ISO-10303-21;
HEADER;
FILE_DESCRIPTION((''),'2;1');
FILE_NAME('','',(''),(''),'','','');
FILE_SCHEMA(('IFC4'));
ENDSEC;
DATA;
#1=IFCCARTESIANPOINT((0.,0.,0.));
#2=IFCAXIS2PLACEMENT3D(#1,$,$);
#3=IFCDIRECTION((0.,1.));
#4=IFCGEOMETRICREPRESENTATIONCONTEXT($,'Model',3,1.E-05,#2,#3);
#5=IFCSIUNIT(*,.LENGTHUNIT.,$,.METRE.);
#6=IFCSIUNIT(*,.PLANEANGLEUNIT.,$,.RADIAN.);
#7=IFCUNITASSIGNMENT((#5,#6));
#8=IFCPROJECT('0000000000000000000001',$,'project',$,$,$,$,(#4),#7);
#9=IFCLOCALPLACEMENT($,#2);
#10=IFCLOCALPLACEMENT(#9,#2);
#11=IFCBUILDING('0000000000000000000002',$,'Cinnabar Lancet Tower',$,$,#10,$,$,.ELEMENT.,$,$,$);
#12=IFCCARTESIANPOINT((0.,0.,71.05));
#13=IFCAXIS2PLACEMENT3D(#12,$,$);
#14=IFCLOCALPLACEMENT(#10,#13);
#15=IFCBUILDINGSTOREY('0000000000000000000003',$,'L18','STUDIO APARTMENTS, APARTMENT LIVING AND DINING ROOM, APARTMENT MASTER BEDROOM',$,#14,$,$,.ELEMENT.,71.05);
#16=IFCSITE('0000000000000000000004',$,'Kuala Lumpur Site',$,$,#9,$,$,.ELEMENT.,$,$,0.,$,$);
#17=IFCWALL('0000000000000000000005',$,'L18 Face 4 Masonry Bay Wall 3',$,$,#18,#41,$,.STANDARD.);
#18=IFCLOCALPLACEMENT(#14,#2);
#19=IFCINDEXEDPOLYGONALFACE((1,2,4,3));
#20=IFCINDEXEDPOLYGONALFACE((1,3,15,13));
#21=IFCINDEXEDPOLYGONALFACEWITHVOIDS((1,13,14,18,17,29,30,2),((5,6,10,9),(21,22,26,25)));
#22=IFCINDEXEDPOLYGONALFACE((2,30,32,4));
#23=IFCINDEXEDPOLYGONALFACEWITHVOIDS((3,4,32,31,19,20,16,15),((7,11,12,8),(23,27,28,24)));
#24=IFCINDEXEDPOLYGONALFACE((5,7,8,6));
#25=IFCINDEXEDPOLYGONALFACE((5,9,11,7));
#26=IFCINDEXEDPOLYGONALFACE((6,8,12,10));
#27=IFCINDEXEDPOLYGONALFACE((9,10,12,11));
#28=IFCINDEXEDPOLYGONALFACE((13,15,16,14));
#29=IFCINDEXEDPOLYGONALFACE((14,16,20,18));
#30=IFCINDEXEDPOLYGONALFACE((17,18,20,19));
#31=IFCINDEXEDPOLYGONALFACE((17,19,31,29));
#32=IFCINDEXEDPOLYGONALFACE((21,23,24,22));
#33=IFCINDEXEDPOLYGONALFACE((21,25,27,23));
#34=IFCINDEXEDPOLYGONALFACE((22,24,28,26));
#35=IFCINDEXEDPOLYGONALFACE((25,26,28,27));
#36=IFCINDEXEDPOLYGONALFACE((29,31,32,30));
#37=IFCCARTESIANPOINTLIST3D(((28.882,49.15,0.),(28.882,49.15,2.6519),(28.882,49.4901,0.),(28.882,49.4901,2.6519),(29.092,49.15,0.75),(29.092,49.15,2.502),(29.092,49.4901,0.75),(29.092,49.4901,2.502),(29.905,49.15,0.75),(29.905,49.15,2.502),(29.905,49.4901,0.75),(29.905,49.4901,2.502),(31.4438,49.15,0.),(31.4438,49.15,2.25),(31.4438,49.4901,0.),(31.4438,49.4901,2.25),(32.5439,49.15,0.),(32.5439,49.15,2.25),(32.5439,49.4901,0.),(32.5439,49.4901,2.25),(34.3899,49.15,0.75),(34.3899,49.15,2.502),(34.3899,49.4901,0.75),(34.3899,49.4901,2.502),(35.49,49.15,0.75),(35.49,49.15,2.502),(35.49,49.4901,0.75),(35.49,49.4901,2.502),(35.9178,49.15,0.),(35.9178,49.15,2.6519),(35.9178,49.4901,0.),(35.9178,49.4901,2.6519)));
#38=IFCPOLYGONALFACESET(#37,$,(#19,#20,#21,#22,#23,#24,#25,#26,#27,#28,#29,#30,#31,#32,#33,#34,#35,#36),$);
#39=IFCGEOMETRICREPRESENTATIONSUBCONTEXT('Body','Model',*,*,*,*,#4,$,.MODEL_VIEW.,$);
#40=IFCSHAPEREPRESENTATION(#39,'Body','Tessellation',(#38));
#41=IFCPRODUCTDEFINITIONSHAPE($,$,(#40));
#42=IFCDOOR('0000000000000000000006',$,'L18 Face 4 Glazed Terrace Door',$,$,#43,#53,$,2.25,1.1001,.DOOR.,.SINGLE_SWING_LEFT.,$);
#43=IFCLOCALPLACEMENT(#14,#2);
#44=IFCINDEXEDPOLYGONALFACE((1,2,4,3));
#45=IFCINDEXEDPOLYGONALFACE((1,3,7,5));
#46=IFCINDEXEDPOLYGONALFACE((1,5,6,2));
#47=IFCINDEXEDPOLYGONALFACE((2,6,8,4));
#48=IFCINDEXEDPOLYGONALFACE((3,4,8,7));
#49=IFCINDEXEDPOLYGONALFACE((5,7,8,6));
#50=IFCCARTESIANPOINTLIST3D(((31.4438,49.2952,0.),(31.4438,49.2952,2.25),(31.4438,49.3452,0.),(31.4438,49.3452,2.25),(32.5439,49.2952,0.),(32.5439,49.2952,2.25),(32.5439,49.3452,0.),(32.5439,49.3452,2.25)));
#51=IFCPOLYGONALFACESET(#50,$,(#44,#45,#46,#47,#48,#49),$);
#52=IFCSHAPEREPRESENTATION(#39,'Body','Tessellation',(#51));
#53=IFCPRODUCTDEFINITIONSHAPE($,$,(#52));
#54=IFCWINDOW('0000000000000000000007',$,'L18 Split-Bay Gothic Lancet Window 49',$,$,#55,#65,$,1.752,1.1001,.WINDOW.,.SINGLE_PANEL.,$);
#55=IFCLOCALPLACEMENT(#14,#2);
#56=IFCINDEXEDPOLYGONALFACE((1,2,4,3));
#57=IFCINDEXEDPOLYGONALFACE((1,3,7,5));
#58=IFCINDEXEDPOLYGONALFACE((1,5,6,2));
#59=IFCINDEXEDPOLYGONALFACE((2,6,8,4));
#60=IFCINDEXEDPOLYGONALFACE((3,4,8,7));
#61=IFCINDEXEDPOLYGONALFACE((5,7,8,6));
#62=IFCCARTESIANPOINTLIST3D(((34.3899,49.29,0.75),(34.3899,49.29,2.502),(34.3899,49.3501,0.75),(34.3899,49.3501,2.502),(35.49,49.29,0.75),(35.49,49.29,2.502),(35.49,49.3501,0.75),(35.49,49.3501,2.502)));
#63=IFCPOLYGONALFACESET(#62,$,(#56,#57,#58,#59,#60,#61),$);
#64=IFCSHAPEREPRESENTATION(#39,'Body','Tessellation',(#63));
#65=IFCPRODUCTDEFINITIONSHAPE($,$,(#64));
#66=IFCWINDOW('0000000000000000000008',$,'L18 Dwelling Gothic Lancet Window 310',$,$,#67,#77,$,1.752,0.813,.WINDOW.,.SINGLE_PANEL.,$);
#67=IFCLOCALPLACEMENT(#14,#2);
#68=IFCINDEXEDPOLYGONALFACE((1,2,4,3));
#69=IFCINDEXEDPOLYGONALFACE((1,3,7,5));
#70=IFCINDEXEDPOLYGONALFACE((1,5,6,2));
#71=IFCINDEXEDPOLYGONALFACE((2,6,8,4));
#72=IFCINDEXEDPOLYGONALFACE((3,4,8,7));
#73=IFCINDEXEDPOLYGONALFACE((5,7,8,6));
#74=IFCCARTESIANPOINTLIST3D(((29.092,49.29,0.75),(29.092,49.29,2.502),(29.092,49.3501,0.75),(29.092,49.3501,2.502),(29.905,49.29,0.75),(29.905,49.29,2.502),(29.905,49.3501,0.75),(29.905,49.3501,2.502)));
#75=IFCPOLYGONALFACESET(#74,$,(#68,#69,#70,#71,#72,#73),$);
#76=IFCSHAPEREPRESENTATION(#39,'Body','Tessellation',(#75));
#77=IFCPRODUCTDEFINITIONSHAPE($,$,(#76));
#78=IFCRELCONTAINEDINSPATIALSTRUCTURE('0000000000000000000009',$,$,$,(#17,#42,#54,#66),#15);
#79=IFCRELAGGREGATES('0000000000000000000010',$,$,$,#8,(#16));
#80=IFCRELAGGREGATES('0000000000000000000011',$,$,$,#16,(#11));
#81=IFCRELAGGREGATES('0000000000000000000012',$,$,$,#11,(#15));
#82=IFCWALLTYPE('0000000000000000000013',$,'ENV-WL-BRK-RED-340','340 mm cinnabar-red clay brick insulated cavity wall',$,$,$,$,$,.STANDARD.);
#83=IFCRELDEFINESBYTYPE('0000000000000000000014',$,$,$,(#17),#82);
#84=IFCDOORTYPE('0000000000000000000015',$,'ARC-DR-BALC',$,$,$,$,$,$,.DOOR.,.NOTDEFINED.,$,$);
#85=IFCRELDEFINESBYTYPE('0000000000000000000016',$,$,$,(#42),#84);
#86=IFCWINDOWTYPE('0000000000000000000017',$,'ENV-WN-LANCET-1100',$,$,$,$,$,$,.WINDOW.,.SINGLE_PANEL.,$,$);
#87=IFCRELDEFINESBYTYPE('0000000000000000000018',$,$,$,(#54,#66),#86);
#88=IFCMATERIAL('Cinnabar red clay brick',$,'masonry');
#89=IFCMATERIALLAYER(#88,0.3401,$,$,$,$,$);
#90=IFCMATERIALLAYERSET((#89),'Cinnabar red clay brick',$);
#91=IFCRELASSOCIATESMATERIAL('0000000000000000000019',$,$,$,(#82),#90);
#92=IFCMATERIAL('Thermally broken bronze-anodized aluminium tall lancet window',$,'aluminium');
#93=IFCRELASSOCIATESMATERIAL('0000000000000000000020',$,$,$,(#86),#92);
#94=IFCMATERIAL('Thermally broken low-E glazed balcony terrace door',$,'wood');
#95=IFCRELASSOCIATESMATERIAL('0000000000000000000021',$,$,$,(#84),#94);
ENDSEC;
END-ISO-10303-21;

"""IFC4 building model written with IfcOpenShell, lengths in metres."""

from ifc_helpers import new_model, si_unit, direction, frame, frame_2d, origin, place, context, subcontext, project, spatial, rectangle, extrude, material, layer, layer_set, type_object, element, fill, save


model = new_model("IFC4")

# Units and contexts
model_context = context("Model", 3, precision=1e-05, world=origin(), true_north=direction((0.0, 1.0)))
body_context = subcontext(model_context, "Body", "Model", "MODEL_VIEW")
ifc_project = project(units=[si_unit("LENGTHUNIT", "METRE"), si_unit("PLANEANGLEUNIT", "RADIAN")], contexts=[model_context])

# Site, building, storey
site_placement = place(None, origin())
site = spatial("IfcSite", under=ifc_project, at=site_placement, Name="Kuala Lumpur Site", CompositionType="ELEMENT", RefElevation=0.0)
building_placement = place(site_placement, origin())
building = spatial("IfcBuilding", under=site, at=building_placement, Name="Cinnabar Lancet Tower", CompositionType="ELEMENT")
storey_placement = place(building_placement, frame((0.0, 0.0, 71.05)))
storey = spatial("IfcBuildingStorey", under=building, at=storey_placement, Name="L18", Description="STUDIO APARTMENTS, APARTMENT LIVING AND DINING ROOM, APARTMENT MASTER BEDROOM", CompositionType="ELEMENT", Elevation=71.05)

# Shared definitions
ifc_material_1 = material(Name="Cinnabar red clay brick", Category="masonry")
ifc_layer_1 = layer(ifc_material_1, 0.3401)
ifc_layer_set_1 = layer_set([ifc_layer_1], Name="Cinnabar red clay brick")
wall_type_1 = type_object("IfcWallType", Name="ENV-WL-BRK-RED-340", Description="340 mm cinnabar-red clay brick insulated cavity wall", PredefinedType="STANDARD", material=ifc_layer_set_1)
ifc_material_2 = material(Name="Thermally broken bronze-anodized aluminium tall lancet window", Category="aluminium")
window_type = type_object("IfcWindowType", Name="ENV-WN-LANCET-1100", PartitioningType="SINGLE_PANEL", PredefinedType="WINDOW", material=ifc_material_2)

# Wall, openings, door, windows
wall_1_placement = place(storey_placement, frame((35.918, 49.3201, 0.0), z_axis=(0.0, 0.0, 1.0), x_axis=(-1.0, 0.0, 0.0)))
wall_1 = element("IfcWall", 1, at=wall_1_placement, inside=storey, type_object=wall_type_1, Name="L18 Face 4 Masonry Bay Wall 3", PredefinedType="STANDARD", context=body_context, shape_type="SweptSolid", body=[
    extrude(rectangle(XDim=7.0359, YDim=0.3401, at=frame_2d((3.5181, 0.0))), origin(), (0.0, 0.0, 1.0), 2.6519),
])
opening_1_placement = place(wall_1_placement, frame((3.374, 0.0, 0.0)))
opening_1 = element("IfcOpeningElement", 2, at=opening_1_placement, cuts=wall_1, PredefinedType="OPENING", context=body_context, shape_type="SweptSolid", body=[
    extrude(rectangle(XDim=1.1001, YDim=2.25, at=frame_2d((0.55, 1.125))), frame((0.0, 0.1799, 0.0), z_axis=(0.0, -1.0, 0.0), x_axis=(1.0, 0.0, 0.0)), (0.0, 0.0, 1.0), 0.3601),
])
opening_2_placement = place(wall_1_placement, frame((0.428, 0.0, 0.75)))
opening_2 = element("IfcOpeningElement", 3, at=opening_2_placement, cuts=wall_1, PredefinedType="OPENING", context=body_context, shape_type="SweptSolid", body=[
    extrude(rectangle(XDim=1.1001, YDim=1.752, at=frame_2d((0.55, 0.876))), frame((0.0, 0.1799, 0.0), z_axis=(0.0, -1.0, 0.0), x_axis=(1.0, 0.0, 0.0)), (0.0, 0.0, 1.0), 0.3601),
])
opening_3_placement = place(wall_1_placement, frame((6.0129, 0.0, 0.75)))
opening_3 = element("IfcOpeningElement", 4, at=opening_3_placement, cuts=wall_1, PredefinedType="OPENING", context=body_context, shape_type="SweptSolid", body=[
    extrude(rectangle(XDim=0.813, YDim=1.752, at=frame_2d((0.4065, 0.876))), frame((0.0, 0.1799, 0.0), z_axis=(0.0, -1.0, 0.0), x_axis=(1.0, 0.0, 0.0)), (0.0, 0.0, 1.0), 0.3601),
])
ifc_material_3 = material(Name="Thermally broken low-E glazed balcony terrace door", Category="wood")
door_type_1 = type_object("IfcDoorType", Name="ARC-DR-BALC", OperationType="NOTDEFINED", PredefinedType="DOOR", material=ifc_material_3)
door_1_placement = place(opening_1_placement, origin())
door_1 = element("IfcDoor", 5, at=door_1_placement, inside=storey, type_object=door_type_1, Name="L18 Face 4 Glazed Terrace Door", OperationType="SINGLE_SWING_LEFT", OverallHeight=2.25, OverallWidth=1.1001, PredefinedType="DOOR", context=body_context, shape_type="SweptSolid", body=[
    extrude(rectangle(XDim=1.1001, YDim=2.25, at=frame_2d((0.55, 1.125))), frame((0.0, 0.0249, 0.0), z_axis=(0.0, -1.0, 0.0), x_axis=(1.0, 0.0, 0.0)), (0.0, 0.0, 1.0), 0.05),
])
fill(opening_1, door_1)
window_1_placement = place(opening_2_placement, origin())
window_1 = element("IfcWindow", 6, at=window_1_placement, inside=storey, type_object=window_type, Name="L18 Split-Bay Gothic Lancet Window 49", OverallHeight=1.752, OverallWidth=1.1001, PartitioningType="SINGLE_PANEL", PredefinedType="WINDOW", context=body_context, shape_type="SweptSolid", body=[
    extrude(rectangle(XDim=1.1001, YDim=1.752, at=frame_2d((0.55, 0.876))), frame((0.0, 0.03, 0.0), z_axis=(0.0, -1.0, 0.0), x_axis=(1.0, 0.0, 0.0)), (0.0, 0.0, 1.0), 0.0601),
])
fill(opening_2, window_1)
window_2_placement = place(opening_3_placement, origin())
window_2 = element("IfcWindow", 7, at=window_2_placement, inside=storey, type_object=window_type, Name="L18 Dwelling Gothic Lancet Window 310", OverallHeight=1.752, OverallWidth=0.813, PartitioningType="SINGLE_PANEL", PredefinedType="WINDOW", context=body_context, shape_type="SweptSolid", body=[
    extrude(rectangle(XDim=0.813, YDim=1.752, at=frame_2d((0.4065, 0.876))), frame((0.0, 0.03, 0.0), z_axis=(0.0, -1.0, 0.0), x_axis=(1.0, 0.0, 0.0)), (0.0, 0.0, 1.0), 0.0601),
])
fill(opening_3, window_2)

save(model, "model.ifc")
